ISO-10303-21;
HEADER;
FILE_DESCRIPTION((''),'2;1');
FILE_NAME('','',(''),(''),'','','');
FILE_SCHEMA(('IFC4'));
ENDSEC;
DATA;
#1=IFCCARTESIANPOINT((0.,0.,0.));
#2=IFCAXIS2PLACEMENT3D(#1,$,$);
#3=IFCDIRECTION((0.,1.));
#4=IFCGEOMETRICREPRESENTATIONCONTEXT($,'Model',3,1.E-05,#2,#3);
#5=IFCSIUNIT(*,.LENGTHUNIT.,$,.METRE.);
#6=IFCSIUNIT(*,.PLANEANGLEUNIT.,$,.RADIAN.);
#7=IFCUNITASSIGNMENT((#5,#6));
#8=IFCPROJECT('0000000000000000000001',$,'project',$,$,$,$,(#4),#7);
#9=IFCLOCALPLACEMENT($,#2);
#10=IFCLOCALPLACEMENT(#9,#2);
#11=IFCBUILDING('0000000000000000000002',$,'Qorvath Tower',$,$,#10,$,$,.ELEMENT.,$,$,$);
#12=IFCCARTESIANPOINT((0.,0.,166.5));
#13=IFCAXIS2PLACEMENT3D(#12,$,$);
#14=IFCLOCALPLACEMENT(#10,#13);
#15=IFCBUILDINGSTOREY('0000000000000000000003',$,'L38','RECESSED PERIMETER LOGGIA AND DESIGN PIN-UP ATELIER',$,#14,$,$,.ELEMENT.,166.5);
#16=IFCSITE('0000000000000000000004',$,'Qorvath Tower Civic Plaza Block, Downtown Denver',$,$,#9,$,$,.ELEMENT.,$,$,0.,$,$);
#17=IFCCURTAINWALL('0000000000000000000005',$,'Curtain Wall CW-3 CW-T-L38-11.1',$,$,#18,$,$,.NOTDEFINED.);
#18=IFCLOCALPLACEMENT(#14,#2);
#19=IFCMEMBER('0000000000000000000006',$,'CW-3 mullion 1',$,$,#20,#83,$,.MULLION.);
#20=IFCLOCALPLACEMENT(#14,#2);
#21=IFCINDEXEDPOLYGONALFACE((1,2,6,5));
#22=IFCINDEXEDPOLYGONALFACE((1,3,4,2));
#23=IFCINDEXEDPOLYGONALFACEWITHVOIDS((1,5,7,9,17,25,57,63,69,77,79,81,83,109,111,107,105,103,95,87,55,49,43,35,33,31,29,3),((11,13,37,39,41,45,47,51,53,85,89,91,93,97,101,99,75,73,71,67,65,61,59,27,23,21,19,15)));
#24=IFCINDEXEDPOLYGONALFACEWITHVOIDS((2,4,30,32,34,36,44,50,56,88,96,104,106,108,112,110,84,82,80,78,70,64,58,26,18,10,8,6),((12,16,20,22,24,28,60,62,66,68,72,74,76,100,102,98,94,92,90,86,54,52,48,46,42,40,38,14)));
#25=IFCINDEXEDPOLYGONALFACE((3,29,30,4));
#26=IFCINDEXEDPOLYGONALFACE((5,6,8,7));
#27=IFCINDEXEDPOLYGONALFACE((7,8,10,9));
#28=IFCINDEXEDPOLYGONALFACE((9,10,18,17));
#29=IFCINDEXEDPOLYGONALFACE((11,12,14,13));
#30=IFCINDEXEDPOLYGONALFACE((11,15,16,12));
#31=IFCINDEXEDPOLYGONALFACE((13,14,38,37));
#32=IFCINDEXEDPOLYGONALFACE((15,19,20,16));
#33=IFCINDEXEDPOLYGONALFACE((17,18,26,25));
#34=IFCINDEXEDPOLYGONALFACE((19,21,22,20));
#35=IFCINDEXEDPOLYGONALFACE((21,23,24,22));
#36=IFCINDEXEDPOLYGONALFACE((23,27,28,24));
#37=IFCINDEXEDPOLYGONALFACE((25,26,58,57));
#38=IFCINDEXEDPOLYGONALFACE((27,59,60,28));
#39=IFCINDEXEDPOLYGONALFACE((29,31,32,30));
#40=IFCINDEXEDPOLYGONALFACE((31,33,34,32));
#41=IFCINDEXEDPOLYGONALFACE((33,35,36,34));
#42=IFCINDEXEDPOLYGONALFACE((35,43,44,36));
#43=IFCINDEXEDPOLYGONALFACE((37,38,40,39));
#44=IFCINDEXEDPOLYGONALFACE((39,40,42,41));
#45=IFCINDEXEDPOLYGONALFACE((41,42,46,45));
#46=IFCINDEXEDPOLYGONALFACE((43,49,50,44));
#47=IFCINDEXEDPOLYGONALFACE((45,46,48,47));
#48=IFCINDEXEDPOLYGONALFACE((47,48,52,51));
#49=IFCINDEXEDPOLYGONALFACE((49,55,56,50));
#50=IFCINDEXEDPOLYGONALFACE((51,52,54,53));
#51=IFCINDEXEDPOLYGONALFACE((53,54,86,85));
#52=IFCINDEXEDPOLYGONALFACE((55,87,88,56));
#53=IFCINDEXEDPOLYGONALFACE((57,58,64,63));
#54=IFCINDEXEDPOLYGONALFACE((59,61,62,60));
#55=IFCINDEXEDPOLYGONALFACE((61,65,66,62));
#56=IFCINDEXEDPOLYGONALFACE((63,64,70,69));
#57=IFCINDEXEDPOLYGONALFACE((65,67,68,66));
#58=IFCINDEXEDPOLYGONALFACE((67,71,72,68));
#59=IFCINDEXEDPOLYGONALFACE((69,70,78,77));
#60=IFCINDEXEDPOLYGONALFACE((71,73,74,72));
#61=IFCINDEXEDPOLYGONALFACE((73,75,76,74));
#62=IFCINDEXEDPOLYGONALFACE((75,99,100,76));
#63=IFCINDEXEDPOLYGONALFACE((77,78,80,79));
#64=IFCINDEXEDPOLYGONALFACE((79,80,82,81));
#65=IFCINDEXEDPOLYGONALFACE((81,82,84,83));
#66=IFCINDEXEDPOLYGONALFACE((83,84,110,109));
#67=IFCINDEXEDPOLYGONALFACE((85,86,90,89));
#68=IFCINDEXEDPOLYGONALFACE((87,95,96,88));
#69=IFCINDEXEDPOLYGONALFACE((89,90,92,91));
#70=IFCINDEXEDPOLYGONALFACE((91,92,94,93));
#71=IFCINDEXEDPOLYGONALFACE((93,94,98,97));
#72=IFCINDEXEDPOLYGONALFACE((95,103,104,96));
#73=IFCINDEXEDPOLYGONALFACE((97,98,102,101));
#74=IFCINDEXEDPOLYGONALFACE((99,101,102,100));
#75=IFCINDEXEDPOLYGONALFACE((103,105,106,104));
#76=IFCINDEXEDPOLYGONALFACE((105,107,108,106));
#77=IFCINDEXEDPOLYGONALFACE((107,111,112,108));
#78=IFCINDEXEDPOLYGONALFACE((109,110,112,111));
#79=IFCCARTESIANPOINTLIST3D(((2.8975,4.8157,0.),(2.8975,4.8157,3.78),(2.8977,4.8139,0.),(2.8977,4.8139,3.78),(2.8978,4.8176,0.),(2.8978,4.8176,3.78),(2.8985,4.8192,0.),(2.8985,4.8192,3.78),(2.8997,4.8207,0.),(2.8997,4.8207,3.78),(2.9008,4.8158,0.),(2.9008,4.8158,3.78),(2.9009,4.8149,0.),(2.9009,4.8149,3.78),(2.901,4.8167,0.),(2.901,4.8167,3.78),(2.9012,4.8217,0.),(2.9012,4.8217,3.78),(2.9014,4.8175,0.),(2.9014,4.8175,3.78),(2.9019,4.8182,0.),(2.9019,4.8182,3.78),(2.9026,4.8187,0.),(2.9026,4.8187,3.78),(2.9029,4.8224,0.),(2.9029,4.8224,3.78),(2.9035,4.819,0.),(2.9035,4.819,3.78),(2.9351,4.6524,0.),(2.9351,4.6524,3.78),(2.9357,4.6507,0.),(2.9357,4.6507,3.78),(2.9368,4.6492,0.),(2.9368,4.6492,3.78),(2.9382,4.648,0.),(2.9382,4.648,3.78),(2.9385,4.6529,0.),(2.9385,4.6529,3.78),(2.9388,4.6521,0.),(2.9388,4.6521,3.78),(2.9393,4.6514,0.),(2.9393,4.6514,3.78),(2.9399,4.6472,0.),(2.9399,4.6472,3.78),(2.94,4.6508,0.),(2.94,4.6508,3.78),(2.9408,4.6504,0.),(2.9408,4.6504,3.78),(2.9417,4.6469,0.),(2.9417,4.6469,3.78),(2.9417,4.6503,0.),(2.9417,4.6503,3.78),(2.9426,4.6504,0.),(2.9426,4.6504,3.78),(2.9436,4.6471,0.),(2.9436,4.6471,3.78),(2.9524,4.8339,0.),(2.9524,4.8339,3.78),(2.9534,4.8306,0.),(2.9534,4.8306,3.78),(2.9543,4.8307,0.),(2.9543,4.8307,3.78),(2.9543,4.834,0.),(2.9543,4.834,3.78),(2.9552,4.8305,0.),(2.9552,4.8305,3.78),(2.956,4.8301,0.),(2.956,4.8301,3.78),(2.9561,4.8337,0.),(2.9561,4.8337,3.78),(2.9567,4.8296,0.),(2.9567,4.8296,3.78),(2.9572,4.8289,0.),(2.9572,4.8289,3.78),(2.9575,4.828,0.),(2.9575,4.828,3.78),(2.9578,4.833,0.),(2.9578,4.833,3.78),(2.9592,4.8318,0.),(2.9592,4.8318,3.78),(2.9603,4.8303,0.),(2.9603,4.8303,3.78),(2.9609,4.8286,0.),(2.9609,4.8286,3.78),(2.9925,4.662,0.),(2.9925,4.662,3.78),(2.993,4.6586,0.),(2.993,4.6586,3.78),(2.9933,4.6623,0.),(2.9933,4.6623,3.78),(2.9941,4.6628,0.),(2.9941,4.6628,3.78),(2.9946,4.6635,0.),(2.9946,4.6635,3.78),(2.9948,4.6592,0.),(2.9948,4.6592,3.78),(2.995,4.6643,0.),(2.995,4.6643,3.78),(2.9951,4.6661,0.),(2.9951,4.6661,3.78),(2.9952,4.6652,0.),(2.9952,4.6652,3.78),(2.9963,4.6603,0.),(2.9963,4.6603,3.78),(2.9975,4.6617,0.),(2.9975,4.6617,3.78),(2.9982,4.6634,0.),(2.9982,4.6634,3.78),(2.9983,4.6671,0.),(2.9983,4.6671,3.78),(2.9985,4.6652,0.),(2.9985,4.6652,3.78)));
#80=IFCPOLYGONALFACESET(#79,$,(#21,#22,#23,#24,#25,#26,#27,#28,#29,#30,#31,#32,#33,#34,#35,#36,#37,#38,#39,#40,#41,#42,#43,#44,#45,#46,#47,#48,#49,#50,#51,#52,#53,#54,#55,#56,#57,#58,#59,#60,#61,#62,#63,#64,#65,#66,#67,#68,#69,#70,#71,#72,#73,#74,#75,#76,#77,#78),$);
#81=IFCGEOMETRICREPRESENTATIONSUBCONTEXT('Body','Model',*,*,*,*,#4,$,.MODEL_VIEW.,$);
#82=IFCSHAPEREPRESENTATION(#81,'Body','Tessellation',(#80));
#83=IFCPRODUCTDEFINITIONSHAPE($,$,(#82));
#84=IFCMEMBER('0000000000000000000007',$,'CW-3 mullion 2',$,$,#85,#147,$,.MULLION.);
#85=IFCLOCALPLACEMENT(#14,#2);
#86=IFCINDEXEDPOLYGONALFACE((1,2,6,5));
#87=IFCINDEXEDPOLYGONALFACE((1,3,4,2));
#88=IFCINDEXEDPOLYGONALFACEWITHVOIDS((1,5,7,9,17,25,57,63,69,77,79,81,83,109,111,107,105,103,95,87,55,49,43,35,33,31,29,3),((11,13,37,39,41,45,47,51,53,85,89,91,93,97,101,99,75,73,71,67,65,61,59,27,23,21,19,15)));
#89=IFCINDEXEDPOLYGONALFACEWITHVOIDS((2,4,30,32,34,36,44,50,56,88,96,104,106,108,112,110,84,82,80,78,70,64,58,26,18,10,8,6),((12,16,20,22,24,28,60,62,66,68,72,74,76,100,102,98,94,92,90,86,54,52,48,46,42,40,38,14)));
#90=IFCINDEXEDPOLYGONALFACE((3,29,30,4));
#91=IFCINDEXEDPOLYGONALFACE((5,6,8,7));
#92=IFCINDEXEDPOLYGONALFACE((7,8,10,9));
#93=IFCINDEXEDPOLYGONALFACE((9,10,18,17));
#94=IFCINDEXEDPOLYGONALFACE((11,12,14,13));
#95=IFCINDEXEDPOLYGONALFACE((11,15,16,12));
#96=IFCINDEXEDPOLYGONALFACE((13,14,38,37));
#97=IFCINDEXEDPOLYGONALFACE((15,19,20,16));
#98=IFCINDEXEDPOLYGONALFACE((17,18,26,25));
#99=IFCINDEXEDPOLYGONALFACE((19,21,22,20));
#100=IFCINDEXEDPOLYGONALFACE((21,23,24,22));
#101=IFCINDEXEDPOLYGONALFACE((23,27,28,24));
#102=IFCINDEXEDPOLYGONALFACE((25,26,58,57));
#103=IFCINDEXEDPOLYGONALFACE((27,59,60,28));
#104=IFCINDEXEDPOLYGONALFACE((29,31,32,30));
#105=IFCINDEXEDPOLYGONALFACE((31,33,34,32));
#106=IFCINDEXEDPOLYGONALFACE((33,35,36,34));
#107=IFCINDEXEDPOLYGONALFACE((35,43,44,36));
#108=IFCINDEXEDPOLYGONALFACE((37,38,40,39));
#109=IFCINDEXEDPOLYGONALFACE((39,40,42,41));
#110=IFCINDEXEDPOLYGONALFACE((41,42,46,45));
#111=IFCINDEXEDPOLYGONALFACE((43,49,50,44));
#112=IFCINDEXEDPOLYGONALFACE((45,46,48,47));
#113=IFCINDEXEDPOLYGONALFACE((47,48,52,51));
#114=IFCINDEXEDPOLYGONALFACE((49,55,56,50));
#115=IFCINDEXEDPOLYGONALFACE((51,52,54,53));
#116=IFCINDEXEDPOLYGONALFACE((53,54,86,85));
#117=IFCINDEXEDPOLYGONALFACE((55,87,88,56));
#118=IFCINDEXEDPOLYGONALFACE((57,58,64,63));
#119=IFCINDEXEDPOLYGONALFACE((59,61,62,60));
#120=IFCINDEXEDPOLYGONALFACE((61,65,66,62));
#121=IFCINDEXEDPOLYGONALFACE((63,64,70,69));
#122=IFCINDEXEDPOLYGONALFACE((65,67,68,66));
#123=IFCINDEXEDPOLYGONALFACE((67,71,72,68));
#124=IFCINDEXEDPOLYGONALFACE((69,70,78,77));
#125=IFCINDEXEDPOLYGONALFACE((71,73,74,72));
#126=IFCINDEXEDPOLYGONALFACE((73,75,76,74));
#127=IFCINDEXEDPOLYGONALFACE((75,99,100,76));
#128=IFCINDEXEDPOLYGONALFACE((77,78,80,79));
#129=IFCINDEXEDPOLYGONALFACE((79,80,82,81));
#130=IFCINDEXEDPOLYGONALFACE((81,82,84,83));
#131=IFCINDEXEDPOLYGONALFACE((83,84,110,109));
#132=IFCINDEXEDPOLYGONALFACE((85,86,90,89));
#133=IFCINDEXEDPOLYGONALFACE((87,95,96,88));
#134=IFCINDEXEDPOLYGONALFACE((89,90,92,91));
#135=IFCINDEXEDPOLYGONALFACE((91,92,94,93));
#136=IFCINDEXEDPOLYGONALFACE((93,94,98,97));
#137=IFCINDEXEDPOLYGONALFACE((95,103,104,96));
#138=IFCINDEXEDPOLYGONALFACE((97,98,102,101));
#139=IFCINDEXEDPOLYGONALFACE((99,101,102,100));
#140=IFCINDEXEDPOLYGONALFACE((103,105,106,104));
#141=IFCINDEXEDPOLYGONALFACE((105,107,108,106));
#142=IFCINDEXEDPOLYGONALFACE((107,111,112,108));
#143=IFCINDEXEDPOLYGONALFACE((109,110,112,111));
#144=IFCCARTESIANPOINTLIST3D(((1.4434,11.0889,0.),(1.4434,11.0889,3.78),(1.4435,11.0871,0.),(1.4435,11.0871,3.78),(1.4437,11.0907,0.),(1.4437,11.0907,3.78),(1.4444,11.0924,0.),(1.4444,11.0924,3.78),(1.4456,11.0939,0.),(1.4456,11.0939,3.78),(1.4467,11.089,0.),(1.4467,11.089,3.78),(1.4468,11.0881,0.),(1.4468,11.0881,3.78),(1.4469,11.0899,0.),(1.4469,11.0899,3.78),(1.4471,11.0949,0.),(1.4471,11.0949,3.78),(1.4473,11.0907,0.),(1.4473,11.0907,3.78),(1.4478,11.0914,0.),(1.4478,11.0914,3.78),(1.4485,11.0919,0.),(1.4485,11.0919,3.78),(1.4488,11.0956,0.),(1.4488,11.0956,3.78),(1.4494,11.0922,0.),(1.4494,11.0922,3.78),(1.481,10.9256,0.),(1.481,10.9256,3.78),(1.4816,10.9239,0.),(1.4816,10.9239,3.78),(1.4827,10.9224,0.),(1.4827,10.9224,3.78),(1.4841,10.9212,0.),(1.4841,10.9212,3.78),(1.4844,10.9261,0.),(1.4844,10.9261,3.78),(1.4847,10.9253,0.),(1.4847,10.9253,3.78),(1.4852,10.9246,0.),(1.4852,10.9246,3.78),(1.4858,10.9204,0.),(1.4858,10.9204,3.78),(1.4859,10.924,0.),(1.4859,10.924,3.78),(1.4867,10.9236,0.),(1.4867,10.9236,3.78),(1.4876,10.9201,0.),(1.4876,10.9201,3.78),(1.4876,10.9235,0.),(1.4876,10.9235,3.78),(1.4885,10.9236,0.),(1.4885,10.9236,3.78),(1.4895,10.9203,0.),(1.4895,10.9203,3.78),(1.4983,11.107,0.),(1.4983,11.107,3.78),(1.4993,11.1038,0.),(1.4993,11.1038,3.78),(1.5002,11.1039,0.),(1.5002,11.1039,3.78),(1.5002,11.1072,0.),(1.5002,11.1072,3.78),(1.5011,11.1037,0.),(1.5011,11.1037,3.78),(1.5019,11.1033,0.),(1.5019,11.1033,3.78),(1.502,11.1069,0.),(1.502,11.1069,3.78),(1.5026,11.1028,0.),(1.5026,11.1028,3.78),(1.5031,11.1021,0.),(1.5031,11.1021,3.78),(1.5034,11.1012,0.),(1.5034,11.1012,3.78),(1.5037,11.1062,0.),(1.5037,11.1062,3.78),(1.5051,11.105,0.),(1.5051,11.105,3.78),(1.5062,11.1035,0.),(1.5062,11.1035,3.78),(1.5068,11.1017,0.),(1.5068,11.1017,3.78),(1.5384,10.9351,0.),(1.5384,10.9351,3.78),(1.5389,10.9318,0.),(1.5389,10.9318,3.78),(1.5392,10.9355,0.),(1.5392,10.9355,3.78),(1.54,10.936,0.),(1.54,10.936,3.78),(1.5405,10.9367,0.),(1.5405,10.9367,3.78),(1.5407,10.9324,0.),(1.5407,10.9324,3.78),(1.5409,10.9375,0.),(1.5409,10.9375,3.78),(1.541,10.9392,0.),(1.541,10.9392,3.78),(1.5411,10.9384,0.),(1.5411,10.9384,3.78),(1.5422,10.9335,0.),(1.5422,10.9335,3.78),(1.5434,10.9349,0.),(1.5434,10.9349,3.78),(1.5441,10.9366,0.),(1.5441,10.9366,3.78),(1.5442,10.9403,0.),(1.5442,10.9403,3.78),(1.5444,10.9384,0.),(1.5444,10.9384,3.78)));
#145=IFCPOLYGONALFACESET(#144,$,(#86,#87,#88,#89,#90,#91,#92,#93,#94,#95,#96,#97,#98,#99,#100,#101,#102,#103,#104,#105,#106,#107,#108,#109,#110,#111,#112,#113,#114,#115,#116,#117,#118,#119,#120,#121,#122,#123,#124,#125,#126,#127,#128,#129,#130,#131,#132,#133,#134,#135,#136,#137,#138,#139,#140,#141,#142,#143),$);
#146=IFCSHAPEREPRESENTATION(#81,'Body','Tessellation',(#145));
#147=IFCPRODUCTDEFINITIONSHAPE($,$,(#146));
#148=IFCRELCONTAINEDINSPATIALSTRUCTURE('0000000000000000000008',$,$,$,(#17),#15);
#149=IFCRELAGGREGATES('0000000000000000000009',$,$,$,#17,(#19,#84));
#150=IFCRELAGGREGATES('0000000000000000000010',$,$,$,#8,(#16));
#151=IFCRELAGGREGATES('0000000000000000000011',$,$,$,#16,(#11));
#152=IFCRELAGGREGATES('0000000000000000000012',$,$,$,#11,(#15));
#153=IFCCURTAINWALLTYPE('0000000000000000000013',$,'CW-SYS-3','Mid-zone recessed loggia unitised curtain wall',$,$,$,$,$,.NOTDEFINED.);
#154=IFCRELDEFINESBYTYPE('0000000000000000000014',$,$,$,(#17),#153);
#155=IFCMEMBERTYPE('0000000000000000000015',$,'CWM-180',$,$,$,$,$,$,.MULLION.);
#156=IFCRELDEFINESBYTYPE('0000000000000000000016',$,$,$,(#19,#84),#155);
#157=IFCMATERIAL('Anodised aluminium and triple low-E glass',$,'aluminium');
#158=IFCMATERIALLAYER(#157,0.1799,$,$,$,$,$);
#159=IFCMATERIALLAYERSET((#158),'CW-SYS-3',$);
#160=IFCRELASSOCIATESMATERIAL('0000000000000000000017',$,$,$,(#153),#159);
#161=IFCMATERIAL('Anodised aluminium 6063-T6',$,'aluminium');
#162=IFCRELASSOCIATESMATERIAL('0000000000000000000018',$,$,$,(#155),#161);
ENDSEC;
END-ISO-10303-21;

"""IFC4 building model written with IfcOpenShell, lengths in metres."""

from ifc_helpers import new_model, si_unit, direction, frame, origin, origin_2d, place, context, subcontext, project, spatial, hollow_rectangle, extrude, material, layer, layer_set, material_profile, profile_set, type_object, element, aggregate, save


model = new_model("IFC4")

# Units and contexts
model_context = context("Model", 3, precision=1e-05, world=origin(), true_north=direction((0.0, 1.0)))
body_context = subcontext(model_context, "Body", "Model", "MODEL_VIEW")
ifc_project = project(units=[si_unit("LENGTHUNIT", "METRE"), si_unit("PLANEANGLEUNIT", "RADIAN")], contexts=[model_context])

# Site, building, storey
site_placement = place(None, origin())
site = spatial("IfcSite", under=ifc_project, at=site_placement, Name="Qorvath Tower Civic Plaza Block, Downtown Denver", CompositionType="ELEMENT", RefElevation=0.0)
building_placement = place(site_placement, origin())
building = spatial("IfcBuilding", under=site, at=building_placement, Name="Qorvath Tower", CompositionType="ELEMENT")
storey_placement = place(building_placement, frame((0.0, 0.0, 166.5)))
storey = spatial("IfcBuildingStorey", under=building, at=storey_placement, Name="L38", Description="RECESSED PERIMETER LOGGIA AND DESIGN PIN-UP ATELIER", CompositionType="ELEMENT", Elevation=166.5)

# Curtain wall, members
ifc_material_1 = material(Name="Anodised aluminium and triple low-E glass", Category="aluminium")
ifc_layer_1 = layer(ifc_material_1, 0.1799)
ifc_layer_set_1 = layer_set([ifc_layer_1], Name="CW-SYS-3")
curtain_wall_type = type_object("IfcCurtainWallType", Name="CW-SYS-3", Description="Mid-zone recessed loggia unitised curtain wall", PredefinedType="NOTDEFINED", material=ifc_layer_set_1)
curtain_wall_1_placement = place(storey_placement, origin())
curtain_wall_1 = element("IfcCurtainWall", 1, at=curtain_wall_1_placement, inside=storey, type_object=curtain_wall_type, Name="Curtain Wall CW-3 CW-T-L38-11.1", PredefinedType="NOTDEFINED")
ifc_material_2 = material(Name="Anodised aluminium 6063-T6", Category="aluminium")
ifc_material_profile_1 = material_profile(ifc_material_2, hollow_rectangle(XDim=0.0649, YDim=0.1799, WallThickness=0.0034, InnerFilletRadius=0.0034, OuterFilletRadius=0.0071, at=origin_2d()), Name="CWM 180x65")
ifc_profile_set_1 = profile_set([ifc_material_profile_1], Name="Anodised aluminium 6063-T6")
member_type_1 = type_object("IfcMemberType", Name="CWM-180", PredefinedType="MULLION", material=ifc_profile_set_1)
member_1_placement = place(storey_placement, frame((2.948, 4.7405, 0.0), z_axis=(0.0, 0.0, 1.0), x_axis=(-0.974176, -0.225791, 0.0)))
member_1 = element("IfcMember", 2, at=member_1_placement, type_object=member_type_1, Name="CW-3 mullion 1", PredefinedType="MULLION", context=body_context, shape_type="SweptSolid", body=[
    extrude(hollow_rectangle(XDim=0.0649, YDim=0.1799, WallThickness=0.0034, InnerFilletRadius=0.0034, OuterFilletRadius=0.0071, at=origin_2d()), origin(), (0.0, 0.0, 1.0), 3.78),
])
member_2_placement = place(storey_placement, frame((1.4939, 11.0137, 0.0), z_axis=(0.0, 0.0, 1.0), x_axis=(-0.974176, -0.225791, 0.0)))
member_2 = element("IfcMember", 3, at=member_2_placement, type_object=member_type_1, Name="CW-3 mullion 2", PredefinedType="MULLION", context=body_context, shape_type="SweptSolid", body=[
    extrude(hollow_rectangle(XDim=0.0649, YDim=0.1799, WallThickness=0.0034, InnerFilletRadius=0.0034, OuterFilletRadius=0.0071, at=origin_2d()), origin(), (0.0, 0.0, 1.0), 3.78),
])

aggregate(curtain_wall_1, [member_1, member_2])

save(model, "model.ifc")
